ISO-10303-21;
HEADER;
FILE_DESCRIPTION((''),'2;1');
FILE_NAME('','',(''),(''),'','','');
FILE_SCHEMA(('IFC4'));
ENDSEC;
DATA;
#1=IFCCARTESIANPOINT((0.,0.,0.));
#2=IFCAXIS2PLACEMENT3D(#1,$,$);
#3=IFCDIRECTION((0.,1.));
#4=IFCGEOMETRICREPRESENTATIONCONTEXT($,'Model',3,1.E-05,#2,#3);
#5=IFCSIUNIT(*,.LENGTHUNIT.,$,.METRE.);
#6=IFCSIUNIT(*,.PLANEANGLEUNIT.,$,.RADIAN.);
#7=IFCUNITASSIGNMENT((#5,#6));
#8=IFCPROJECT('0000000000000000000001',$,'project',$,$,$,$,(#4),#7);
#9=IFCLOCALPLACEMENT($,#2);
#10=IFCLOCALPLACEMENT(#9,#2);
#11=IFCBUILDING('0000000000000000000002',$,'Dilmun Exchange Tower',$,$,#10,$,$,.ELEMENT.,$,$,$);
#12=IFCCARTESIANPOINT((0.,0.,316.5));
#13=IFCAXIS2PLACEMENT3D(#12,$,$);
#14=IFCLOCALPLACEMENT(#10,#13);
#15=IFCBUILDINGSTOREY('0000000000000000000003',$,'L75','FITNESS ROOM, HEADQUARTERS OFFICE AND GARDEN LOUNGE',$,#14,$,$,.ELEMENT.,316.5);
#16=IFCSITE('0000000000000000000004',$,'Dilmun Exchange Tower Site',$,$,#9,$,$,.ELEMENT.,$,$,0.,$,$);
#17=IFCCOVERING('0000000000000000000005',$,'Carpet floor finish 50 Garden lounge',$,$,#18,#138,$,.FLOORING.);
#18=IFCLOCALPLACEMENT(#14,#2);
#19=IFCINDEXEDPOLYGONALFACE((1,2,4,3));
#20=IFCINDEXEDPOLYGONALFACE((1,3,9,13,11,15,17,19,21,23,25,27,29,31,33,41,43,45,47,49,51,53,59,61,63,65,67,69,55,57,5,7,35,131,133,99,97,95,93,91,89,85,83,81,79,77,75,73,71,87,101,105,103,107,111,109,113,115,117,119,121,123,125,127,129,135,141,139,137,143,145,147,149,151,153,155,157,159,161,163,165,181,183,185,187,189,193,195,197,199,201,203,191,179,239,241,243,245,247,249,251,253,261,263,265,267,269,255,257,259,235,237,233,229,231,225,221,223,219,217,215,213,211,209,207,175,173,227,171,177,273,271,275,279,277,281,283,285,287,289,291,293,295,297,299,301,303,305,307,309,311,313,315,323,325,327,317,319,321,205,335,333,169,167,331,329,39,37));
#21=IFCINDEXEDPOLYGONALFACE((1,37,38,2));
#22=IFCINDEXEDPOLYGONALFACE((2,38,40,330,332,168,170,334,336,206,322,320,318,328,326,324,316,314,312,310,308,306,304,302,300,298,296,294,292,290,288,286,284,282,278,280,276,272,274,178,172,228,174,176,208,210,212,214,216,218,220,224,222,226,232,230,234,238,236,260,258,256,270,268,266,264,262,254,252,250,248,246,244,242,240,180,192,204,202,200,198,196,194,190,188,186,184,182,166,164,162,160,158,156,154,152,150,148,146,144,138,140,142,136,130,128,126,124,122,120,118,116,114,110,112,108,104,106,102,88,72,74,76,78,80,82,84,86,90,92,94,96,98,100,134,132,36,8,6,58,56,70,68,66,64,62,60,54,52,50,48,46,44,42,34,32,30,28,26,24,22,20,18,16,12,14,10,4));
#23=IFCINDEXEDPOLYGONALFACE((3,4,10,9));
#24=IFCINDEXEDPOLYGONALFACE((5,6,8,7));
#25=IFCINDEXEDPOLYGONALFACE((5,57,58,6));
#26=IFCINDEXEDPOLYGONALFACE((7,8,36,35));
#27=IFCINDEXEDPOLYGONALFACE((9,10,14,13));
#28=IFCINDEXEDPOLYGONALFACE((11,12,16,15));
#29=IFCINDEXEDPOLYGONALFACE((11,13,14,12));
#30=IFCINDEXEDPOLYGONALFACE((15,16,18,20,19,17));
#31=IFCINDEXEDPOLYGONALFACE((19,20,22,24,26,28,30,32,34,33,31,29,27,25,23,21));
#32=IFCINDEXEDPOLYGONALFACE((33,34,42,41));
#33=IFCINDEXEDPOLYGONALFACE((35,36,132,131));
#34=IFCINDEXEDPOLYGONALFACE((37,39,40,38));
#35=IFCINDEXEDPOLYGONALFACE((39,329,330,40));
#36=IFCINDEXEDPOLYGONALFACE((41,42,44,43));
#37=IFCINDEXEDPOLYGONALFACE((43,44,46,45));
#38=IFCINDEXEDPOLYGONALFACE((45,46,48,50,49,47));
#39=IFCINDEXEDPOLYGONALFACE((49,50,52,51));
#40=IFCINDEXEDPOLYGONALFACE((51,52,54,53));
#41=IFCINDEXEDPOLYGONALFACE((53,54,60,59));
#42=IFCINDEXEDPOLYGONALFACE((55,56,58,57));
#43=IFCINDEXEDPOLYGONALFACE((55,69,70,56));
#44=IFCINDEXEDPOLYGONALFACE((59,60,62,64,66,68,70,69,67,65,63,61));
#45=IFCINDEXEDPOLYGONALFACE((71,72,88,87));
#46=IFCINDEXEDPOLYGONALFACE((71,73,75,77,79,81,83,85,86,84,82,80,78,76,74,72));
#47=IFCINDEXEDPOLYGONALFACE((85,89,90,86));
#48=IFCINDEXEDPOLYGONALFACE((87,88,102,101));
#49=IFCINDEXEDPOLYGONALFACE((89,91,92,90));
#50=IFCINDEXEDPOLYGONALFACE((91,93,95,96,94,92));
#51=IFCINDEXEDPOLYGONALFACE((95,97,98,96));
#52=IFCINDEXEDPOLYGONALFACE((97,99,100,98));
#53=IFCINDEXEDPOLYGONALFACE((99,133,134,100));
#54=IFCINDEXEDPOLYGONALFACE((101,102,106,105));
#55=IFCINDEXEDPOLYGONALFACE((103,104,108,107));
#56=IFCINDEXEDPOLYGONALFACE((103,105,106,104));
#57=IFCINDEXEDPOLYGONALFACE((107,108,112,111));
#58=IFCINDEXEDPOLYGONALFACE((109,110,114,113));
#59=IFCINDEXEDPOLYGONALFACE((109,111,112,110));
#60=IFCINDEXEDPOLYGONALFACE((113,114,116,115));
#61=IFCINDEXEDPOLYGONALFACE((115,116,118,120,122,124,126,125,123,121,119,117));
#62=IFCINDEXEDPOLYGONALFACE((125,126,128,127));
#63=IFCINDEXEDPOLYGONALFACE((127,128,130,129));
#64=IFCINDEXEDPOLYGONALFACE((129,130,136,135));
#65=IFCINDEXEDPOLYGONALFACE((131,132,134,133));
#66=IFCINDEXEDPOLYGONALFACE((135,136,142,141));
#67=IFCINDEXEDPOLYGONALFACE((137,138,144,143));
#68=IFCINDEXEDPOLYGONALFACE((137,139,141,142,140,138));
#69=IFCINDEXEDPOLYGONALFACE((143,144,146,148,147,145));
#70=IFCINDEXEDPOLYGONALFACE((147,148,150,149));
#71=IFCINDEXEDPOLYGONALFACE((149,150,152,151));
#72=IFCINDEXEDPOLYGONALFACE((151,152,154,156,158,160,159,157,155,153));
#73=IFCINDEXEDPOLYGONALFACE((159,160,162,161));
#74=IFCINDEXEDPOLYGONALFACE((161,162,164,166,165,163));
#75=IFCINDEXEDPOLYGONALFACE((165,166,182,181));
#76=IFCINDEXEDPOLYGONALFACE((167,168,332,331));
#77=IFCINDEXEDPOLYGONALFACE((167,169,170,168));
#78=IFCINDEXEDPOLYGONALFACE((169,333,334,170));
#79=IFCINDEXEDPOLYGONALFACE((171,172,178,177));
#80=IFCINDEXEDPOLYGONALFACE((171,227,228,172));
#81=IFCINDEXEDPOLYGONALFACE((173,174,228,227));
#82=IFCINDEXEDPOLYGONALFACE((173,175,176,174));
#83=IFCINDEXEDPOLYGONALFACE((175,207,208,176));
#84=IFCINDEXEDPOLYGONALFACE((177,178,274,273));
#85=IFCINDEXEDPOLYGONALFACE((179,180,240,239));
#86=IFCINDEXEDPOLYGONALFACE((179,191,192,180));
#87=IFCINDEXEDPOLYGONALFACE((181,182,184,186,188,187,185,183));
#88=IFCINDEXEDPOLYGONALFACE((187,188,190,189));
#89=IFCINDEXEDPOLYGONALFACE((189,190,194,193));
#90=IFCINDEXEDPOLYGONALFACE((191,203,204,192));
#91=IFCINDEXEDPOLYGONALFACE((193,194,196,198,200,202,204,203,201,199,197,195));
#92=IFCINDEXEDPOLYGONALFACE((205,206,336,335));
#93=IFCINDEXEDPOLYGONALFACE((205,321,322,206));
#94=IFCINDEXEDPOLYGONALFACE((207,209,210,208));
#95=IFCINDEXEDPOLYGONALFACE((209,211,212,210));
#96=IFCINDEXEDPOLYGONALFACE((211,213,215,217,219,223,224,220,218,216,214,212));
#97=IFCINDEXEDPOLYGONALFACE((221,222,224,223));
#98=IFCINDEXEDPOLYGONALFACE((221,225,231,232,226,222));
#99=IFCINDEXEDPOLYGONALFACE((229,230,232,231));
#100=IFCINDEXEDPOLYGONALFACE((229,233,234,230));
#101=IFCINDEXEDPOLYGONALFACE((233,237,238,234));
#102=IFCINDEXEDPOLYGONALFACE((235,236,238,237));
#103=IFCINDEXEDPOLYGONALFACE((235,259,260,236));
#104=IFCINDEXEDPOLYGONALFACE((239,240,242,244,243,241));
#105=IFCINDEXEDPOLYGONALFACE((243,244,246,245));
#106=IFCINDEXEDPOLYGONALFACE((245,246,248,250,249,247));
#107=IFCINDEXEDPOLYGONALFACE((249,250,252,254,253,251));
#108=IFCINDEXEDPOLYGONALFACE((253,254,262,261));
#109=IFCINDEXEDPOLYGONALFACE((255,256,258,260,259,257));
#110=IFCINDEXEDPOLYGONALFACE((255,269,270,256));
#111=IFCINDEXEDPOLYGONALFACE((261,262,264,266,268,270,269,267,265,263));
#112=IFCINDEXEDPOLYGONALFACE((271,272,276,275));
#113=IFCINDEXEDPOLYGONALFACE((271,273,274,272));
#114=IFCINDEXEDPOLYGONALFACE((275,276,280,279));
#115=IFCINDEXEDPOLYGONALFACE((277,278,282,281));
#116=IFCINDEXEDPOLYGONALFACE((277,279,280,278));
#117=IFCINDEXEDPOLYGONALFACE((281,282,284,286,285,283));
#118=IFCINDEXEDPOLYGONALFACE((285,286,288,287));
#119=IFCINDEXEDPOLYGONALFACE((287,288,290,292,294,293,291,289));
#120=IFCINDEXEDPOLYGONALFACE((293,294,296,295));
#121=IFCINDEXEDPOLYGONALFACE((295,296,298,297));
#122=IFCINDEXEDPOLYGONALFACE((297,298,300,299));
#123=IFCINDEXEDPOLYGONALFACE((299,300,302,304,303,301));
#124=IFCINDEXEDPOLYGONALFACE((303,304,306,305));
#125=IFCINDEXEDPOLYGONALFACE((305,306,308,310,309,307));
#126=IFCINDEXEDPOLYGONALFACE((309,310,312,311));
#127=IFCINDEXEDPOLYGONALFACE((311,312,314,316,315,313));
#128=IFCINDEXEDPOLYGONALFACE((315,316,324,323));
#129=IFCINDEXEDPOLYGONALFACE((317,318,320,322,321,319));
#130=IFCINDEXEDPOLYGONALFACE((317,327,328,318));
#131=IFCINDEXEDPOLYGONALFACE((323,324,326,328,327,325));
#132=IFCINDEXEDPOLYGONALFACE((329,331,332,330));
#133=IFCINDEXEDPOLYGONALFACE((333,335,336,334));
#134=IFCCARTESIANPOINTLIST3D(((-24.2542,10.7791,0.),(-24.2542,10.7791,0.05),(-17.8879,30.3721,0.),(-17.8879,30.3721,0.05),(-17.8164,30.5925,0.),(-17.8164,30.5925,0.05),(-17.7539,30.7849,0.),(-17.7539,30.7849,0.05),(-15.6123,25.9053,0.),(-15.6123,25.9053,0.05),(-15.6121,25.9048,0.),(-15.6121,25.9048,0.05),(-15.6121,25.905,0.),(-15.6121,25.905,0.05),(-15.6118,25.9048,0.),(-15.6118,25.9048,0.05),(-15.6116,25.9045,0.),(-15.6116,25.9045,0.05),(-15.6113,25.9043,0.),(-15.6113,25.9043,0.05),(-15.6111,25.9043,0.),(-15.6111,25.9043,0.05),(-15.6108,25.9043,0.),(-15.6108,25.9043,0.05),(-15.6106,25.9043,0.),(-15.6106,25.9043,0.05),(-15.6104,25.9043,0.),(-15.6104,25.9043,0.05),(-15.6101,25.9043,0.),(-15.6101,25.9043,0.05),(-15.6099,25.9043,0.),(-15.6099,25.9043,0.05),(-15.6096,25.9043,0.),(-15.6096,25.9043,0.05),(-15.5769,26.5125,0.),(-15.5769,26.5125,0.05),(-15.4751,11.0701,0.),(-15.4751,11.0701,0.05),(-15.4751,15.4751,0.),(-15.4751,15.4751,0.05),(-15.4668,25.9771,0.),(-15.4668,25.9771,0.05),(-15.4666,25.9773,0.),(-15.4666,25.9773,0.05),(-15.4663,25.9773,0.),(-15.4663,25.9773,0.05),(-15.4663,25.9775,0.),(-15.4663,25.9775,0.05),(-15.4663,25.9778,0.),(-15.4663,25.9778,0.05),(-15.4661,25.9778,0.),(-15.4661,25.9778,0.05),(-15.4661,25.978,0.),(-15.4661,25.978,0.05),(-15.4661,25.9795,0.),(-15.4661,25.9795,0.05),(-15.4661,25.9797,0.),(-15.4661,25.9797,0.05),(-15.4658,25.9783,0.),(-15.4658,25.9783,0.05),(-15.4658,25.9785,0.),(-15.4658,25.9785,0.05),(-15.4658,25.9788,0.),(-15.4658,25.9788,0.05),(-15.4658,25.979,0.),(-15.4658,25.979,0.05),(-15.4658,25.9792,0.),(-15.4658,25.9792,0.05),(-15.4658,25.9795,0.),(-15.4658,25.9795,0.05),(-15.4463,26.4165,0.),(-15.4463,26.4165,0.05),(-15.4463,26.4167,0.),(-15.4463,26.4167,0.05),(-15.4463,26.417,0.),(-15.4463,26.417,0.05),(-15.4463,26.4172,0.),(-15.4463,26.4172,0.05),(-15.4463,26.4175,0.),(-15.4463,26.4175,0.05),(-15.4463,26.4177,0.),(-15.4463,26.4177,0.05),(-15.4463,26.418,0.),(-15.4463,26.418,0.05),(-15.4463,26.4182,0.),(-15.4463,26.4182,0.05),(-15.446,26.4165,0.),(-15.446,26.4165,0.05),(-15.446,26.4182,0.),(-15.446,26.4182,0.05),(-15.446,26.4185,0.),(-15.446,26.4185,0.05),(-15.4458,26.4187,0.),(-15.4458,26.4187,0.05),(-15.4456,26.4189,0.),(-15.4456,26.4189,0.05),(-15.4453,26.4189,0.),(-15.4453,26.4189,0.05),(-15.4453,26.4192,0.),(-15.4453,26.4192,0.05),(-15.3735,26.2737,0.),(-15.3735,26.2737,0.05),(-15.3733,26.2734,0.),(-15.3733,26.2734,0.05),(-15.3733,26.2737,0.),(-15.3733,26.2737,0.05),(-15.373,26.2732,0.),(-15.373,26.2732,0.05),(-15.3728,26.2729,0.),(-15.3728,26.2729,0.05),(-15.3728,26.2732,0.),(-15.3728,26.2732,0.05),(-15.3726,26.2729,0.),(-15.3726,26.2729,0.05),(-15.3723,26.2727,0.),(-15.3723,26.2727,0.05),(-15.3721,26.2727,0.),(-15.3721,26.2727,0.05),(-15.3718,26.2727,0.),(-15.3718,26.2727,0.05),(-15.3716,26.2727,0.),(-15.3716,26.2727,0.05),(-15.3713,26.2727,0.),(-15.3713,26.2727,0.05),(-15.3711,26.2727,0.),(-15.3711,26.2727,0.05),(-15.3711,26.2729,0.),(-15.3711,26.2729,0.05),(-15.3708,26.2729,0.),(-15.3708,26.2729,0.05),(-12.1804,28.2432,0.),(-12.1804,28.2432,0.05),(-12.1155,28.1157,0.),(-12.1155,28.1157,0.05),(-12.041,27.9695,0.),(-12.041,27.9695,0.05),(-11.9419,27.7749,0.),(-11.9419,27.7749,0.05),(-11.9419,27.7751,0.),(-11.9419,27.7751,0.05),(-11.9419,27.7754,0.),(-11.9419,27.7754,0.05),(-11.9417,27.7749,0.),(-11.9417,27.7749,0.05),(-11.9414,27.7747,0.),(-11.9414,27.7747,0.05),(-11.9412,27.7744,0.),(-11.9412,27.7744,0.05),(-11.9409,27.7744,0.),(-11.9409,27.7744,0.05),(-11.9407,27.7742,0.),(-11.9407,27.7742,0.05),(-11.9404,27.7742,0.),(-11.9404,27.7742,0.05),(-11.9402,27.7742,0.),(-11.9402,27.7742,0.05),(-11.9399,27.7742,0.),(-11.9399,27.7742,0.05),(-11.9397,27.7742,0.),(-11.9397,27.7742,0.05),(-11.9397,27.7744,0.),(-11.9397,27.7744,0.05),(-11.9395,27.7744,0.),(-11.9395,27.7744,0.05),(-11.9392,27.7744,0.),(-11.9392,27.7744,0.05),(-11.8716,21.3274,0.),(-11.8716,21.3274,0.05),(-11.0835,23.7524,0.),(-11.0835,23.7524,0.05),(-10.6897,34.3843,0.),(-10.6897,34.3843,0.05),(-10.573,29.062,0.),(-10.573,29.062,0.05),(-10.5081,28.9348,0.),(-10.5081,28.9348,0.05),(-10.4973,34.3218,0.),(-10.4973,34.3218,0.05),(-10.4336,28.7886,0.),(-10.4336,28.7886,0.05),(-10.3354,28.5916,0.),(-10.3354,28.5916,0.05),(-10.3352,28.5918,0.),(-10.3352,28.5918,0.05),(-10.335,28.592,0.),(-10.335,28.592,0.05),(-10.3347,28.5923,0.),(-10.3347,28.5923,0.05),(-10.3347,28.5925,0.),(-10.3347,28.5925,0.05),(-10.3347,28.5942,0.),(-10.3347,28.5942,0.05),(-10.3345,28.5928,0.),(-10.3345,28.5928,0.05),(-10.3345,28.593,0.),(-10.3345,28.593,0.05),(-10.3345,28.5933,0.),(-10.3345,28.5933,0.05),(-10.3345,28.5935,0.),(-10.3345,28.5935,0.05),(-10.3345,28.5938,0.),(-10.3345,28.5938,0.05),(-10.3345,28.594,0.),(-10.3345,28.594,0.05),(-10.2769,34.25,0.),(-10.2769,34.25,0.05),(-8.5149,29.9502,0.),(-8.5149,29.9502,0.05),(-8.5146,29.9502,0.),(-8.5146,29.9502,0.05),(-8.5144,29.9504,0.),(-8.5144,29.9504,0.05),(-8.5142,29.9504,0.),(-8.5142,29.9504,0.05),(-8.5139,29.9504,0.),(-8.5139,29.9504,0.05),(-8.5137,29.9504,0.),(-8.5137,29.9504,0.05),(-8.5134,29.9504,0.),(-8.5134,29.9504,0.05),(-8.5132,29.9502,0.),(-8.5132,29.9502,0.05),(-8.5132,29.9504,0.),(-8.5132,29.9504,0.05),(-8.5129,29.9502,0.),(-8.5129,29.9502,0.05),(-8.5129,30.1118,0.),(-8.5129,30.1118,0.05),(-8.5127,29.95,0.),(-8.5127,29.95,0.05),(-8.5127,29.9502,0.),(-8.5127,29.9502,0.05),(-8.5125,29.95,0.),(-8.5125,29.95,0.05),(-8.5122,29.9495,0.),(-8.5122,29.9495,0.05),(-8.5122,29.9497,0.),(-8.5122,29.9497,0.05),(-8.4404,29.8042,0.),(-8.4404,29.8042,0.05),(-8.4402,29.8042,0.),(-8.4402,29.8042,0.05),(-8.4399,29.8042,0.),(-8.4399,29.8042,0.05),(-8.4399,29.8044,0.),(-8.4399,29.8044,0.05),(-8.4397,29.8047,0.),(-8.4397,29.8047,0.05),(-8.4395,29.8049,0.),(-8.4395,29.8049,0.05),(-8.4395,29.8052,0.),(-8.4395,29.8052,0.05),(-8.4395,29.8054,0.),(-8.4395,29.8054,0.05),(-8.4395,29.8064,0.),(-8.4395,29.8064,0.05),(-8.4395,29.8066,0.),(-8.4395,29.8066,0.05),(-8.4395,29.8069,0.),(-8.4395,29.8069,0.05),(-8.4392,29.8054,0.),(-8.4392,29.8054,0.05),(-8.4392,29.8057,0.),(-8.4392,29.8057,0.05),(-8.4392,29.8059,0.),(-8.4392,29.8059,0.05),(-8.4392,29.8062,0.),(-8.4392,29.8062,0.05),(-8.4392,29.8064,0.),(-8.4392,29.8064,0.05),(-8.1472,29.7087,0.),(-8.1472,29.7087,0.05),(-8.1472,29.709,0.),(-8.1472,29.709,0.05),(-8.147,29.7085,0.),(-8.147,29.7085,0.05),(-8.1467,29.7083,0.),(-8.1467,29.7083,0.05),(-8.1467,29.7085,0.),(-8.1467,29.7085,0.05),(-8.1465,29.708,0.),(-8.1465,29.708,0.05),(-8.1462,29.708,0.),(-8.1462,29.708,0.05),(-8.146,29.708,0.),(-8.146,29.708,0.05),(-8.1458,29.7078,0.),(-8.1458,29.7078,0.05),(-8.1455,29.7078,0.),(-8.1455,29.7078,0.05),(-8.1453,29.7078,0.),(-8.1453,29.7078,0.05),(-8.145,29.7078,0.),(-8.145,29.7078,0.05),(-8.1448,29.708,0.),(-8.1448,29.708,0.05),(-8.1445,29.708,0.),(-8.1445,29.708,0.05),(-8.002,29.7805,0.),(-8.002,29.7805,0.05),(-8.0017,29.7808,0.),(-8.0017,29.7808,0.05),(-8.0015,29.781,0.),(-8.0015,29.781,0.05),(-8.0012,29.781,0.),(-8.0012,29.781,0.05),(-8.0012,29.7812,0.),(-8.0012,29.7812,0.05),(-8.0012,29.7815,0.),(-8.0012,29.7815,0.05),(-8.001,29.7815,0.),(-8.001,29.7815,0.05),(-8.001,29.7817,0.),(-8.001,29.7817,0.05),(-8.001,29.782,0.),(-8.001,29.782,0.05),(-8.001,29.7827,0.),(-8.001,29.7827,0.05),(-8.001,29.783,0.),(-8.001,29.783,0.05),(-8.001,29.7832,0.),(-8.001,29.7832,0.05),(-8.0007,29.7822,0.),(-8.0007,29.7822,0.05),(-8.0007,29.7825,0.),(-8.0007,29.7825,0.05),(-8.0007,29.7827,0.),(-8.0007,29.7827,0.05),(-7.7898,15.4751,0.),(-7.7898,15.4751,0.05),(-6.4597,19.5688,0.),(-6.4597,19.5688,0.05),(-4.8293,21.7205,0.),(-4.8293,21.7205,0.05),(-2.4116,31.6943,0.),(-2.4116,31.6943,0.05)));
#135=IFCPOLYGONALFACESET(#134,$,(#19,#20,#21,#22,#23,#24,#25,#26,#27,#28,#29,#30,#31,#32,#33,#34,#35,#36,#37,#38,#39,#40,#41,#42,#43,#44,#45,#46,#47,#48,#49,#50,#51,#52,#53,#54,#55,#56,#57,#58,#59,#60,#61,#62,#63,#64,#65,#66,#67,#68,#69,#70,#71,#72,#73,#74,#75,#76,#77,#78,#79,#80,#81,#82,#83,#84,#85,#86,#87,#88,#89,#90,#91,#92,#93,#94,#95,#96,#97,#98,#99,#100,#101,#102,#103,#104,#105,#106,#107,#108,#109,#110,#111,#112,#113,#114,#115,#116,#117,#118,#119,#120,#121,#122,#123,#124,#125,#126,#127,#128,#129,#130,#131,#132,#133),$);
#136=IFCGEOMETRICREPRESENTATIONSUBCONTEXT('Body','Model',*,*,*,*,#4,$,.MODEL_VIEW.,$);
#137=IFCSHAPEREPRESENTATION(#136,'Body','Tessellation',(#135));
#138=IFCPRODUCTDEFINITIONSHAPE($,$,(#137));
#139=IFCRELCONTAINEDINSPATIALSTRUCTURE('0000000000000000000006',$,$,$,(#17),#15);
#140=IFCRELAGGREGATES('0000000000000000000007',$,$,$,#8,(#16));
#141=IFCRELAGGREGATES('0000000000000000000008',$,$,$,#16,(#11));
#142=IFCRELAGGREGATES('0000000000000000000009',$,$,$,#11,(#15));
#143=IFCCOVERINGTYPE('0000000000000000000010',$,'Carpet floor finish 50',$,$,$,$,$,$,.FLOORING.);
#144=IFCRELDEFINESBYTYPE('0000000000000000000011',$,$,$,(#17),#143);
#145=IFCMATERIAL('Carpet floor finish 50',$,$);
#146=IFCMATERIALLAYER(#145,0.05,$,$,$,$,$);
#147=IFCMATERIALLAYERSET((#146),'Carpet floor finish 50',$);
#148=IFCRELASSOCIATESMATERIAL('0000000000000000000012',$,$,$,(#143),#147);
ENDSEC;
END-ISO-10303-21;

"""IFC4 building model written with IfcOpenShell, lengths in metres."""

from ifc_helpers import new_model, si_unit, direction, frame, origin, place, context, subcontext, project, spatial, polyline, outline, extrude, material, layer, layer_set, type_object, element, save


model = new_model("IFC4")

# Units and contexts
model_context = context("Model", 3, precision=1e-05, world=origin(), true_north=direction((0.0, 1.0)))
body_context = subcontext(model_context, "Body", "Model", "MODEL_VIEW")
ifc_project = project(units=[si_unit("LENGTHUNIT", "METRE"), si_unit("PLANEANGLEUNIT", "RADIAN")], contexts=[model_context])

# Site, building, storey
site_placement = place(None, origin())
site = spatial("IfcSite", under=ifc_project, at=site_placement, Name="Dilmun Exchange Tower Site", CompositionType="ELEMENT", RefElevation=0.0)
building_placement = place(site_placement, origin())
building = spatial("IfcBuilding", under=site, at=building_placement, Name="Dilmun Exchange Tower", CompositionType="ELEMENT")
storey_placement = place(building_placement, frame((0.0, 0.0, 316.5)))
storey = spatial("IfcBuildingStorey", under=building, at=storey_placement, Name="L75", Description="FITNESS ROOM, HEADQUARTERS OFFICE AND GARDEN LOUNGE", CompositionType="ELEMENT", Elevation=316.5)

# Covering
ifc_material_1 = material(Name="Carpet floor finish 50")
ifc_layer_1 = layer(ifc_material_1, 0.05)
ifc_layer_set_1 = layer_set([ifc_layer_1], Name="Carpet floor finish 50")
covering_type_1 = type_object("IfcCoveringType", Name="Carpet floor finish 50", PredefinedType="FLOORING", material=ifc_layer_set_1)
covering_1_placement = place(storey_placement, origin())
element("IfcCovering", 1, at=covering_1_placement, inside=storey, type_object=covering_type_1, Name="Carpet floor finish 50 Garden lounge", PredefinedType="FLOORING", context=body_context, shape_type="SweptSolid", body=[
    extrude(outline(polyline([(-15.4751, 11.0701), (-24.2542, 10.7791), (-17.8879, 30.3721), (-15.6123, 25.9053), (-15.6121, 25.905), (-15.6121, 25.9048), (-15.6118, 25.9048), (-15.6118, 25.9048), (-15.6116, 25.9045), (-15.6113, 25.9043), (-15.6111, 25.9043), (-15.6111, 25.9043), (-15.6108, 25.9043), (-15.6106, 25.9043), (-15.6104, 25.9043), (-15.6101, 25.9043), (-15.6101, 25.9043), (-15.6099, 25.9043), (-15.6096, 25.9043), (-15.6096, 25.9043), (-15.4668, 25.9771), (-15.4668, 25.9771), (-15.4666, 25.9773), (-15.4663, 25.9773), (-15.4663, 25.9775), (-15.4663, 25.9778), (-15.4661, 25.9778), (-15.4661, 25.978), (-15.4658, 25.9783), (-15.4658, 25.9785), (-15.4658, 25.9785), (-15.4658, 25.9788), (-15.4658, 25.979), (-15.4658, 25.9792), (-15.4658, 25.9795), (-15.4661, 25.9795), (-15.4661, 25.9797), (-17.8164, 30.5925), (-17.7539, 30.7849), (-15.5769, 26.5125), (-12.1804, 28.2432), (-12.1155, 28.1157), (-15.4453, 26.4192), (-15.4453, 26.4189), (-15.4456, 26.4189), (-15.4458, 26.4187), (-15.4458, 26.4187), (-15.446, 26.4185), (-15.446, 26.4182), (-15.4463, 26.4182), (-15.4463, 26.418), (-15.4463, 26.4177), (-15.4463, 26.4175), (-15.4463, 26.4172), (-15.4463, 26.417), (-15.4463, 26.417), (-15.4463, 26.4167), (-15.4463, 26.4165), (-15.446, 26.4165), (-15.3735, 26.2737), (-15.3733, 26.2737), (-15.3733, 26.2734), (-15.373, 26.2732), (-15.373, 26.2732), (-15.3728, 26.2732), (-15.3728, 26.2729), (-15.3726, 26.2729), (-15.3723, 26.2727), (-15.3721, 26.2727), (-15.3718, 26.2727), (-15.3716, 26.2727), (-15.3716, 26.2727), (-15.3713, 26.2727), (-15.3711, 26.2727), (-15.3711, 26.2729), (-15.3708, 26.2729), (-12.041, 27.9695), (-11.9419, 27.7754), (-11.9419, 27.7751), (-11.9419, 27.7749), (-11.9417, 27.7749), (-11.9414, 27.7747), (-11.9414, 27.7747), (-11.9412, 27.7744), (-11.9409, 27.7744), (-11.9409, 27.7744), (-11.9407, 27.7742), (-11.9404, 27.7742), (-11.9402, 27.7742), (-11.9399, 27.7742), (-11.9397, 27.7742), (-11.9397, 27.7744), (-11.9395, 27.7744), (-11.9392, 27.7744), (-10.3354, 28.5916), (-10.3352, 28.5918), (-10.3352, 28.5918), (-10.335, 28.592), (-10.335, 28.592), (-10.3347, 28.5923), (-10.3347, 28.5923), (-10.3347, 28.5925), (-10.3345, 28.5928), (-10.3345, 28.593), (-10.3345, 28.5933), (-10.3345, 28.5935), (-10.3345, 28.5935), (-10.3345, 28.5938), (-10.3345, 28.594), (-10.3345, 28.594), (-10.3347, 28.5942), (-10.4336, 28.7886), (-8.4404, 29.8042), (-8.4402, 29.8042), (-8.4399, 29.8042), (-8.4399, 29.8044), (-8.4397, 29.8047), (-8.4397, 29.8047), (-8.4395, 29.8049), (-8.4395, 29.8052), (-8.4395, 29.8054), (-8.4392, 29.8054), (-8.4392, 29.8057), (-8.4392, 29.8059), (-8.4392, 29.8062), (-8.4392, 29.8064), (-8.4395, 29.8064), (-8.4395, 29.8066), (-8.4395, 29.8069), (-8.5122, 29.9495), (-8.5122, 29.9497), (-8.5122, 29.9497), (-8.5125, 29.95), (-8.5127, 29.95), (-8.5127, 29.9502), (-8.5129, 29.9502), (-8.5132, 29.9502), (-8.5132, 29.9504), (-8.5134, 29.9504), (-8.5137, 29.9504), (-8.5139, 29.9504), (-8.5142, 29.9504), (-8.5144, 29.9504), (-8.5144, 29.9504), (-8.5146, 29.9502), (-8.5149, 29.9502), (-10.5081, 28.9348), (-10.573, 29.062), (-8.5129, 30.1118), (-10.6897, 34.3843), (-10.4973, 34.3218), (-8.1472, 29.709), (-8.1472, 29.7087), (-8.147, 29.7085), (-8.1467, 29.7085), (-8.1467, 29.7083), (-8.1465, 29.708), (-8.1465, 29.708), (-8.1462, 29.708), (-8.146, 29.708), (-8.1458, 29.7078), (-8.1455, 29.7078), (-8.1455, 29.7078), (-8.1453, 29.7078), (-8.145, 29.7078), (-8.1448, 29.708), (-8.1448, 29.708), (-8.1445, 29.708), (-8.002, 29.7805), (-8.0017, 29.7808), (-8.0017, 29.7808), (-8.0015, 29.781), (-8.0012, 29.781), (-8.0012, 29.7812), (-8.0012, 29.7815), (-8.001, 29.7815), (-8.001, 29.7817), (-8.001, 29.782), (-8.0007, 29.7822), (-8.0007, 29.7825), (-8.0007, 29.7827), (-8.001, 29.7827), (-8.001, 29.783), (-8.001, 29.7832), (-8.001, 29.7832), (-10.2769, 34.25), (-2.4116, 31.6943), (-4.8293, 21.7205), (-11.0835, 23.7524), (-11.8716, 21.3274), (-6.4597, 19.5688), (-7.7898, 15.4751), (-15.4751, 15.4751), (-15.4751, 11.0701)])), origin(), (0.0, 0.0, 1.0), 0.05),
])

save(model, "model.ifc")
